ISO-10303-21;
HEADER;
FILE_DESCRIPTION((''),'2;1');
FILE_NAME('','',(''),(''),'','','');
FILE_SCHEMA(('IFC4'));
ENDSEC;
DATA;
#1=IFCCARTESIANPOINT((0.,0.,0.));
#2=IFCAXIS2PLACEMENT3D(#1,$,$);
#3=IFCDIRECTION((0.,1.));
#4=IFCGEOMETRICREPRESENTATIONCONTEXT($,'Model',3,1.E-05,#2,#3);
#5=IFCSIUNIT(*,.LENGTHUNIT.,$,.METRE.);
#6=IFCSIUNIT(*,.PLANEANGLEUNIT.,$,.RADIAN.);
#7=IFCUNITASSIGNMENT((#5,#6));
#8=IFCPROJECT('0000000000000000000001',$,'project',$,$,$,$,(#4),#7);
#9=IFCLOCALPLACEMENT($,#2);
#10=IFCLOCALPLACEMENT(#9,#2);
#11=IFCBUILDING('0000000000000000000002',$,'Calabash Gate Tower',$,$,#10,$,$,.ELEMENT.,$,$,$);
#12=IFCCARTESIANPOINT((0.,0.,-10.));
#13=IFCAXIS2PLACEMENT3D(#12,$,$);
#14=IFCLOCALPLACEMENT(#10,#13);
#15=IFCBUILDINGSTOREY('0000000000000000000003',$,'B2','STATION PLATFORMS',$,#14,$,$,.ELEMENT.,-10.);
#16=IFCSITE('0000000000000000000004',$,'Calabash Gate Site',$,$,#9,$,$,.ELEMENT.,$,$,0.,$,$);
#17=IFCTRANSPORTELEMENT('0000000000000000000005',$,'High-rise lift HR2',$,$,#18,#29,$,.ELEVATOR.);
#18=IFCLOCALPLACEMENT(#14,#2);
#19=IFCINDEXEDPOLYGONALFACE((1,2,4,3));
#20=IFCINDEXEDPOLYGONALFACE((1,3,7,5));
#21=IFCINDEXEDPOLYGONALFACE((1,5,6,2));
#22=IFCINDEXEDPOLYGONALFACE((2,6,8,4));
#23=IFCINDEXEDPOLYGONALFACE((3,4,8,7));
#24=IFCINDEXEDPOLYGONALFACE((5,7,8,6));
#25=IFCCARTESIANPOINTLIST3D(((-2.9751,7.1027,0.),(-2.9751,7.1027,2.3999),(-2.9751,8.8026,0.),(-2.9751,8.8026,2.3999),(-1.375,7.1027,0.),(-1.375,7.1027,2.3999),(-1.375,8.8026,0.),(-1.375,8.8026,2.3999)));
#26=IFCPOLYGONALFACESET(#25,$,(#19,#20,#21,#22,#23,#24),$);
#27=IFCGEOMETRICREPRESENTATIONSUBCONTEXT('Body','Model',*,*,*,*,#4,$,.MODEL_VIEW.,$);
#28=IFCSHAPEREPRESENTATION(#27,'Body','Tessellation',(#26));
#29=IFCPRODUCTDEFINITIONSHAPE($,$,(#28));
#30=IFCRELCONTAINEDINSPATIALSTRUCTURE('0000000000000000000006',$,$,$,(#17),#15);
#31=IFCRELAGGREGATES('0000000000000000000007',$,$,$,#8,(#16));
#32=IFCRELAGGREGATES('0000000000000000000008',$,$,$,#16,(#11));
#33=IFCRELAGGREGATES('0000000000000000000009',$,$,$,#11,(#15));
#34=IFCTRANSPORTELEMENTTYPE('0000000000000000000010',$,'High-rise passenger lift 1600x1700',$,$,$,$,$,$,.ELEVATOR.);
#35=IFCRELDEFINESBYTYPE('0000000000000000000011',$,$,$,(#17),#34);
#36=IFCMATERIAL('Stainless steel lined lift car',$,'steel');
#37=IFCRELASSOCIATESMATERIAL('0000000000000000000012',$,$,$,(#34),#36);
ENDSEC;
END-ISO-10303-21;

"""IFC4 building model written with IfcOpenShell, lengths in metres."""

from ifc_helpers import new_model, si_unit, direction, frame, origin, origin_2d, place, context, subcontext, project, spatial, rectangle, extrude, material, type_object, element, save


model = new_model("IFC4")

# Units and contexts
model_context = context("Model", 3, precision=1e-05, world=origin(), true_north=direction((0.0, 1.0)))
body_context = subcontext(model_context, "Body", "Model", "MODEL_VIEW")
ifc_project = project(units=[si_unit("LENGTHUNIT", "METRE"), si_unit("PLANEANGLEUNIT", "RADIAN")], contexts=[model_context])

# Site, building, storey
site_placement = place(None, origin())
site = spatial("IfcSite", under=ifc_project, at=site_placement, Name="Calabash Gate Site", CompositionType="ELEMENT", RefElevation=0.0)
building_placement = place(site_placement, origin())
building = spatial("IfcBuilding", under=site, at=building_placement, Name="Calabash Gate Tower", CompositionType="ELEMENT")
storey_placement = place(building_placement, frame((0.0, 0.0, -10.0)))
storey = spatial("IfcBuildingStorey", under=building, at=storey_placement, Name="B2", Description="STATION PLATFORMS", CompositionType="ELEMENT", Elevation=-10.0)

# Transport element
ifc_material_1 = material(Name="Stainless steel lined lift car", Category="steel")
transport_element_type = type_object("IfcTransportElementType", Name="High-rise passenger lift 1600x1700", PredefinedType="ELEVATOR", material=ifc_material_1)
transport_element_placement = place(storey_placement, frame((-2.175, 7.9526, 0.0), z_axis=(0.0, 0.0, 1.0), x_axis=(1.0, 0.0, 0.0)))
element("IfcTransportElement", 1, at=transport_element_placement, inside=storey, type_object=transport_element_type, Name="High-rise lift HR2", PredefinedType="ELEVATOR", context=body_context, shape_type="SweptSolid", body=[
    extrude(rectangle(XDim=1.6001, YDim=1.7, at=origin_2d()), origin(), (0.0, 0.0, 1.0), 2.3999),
])

save(model, "model.ifc")
